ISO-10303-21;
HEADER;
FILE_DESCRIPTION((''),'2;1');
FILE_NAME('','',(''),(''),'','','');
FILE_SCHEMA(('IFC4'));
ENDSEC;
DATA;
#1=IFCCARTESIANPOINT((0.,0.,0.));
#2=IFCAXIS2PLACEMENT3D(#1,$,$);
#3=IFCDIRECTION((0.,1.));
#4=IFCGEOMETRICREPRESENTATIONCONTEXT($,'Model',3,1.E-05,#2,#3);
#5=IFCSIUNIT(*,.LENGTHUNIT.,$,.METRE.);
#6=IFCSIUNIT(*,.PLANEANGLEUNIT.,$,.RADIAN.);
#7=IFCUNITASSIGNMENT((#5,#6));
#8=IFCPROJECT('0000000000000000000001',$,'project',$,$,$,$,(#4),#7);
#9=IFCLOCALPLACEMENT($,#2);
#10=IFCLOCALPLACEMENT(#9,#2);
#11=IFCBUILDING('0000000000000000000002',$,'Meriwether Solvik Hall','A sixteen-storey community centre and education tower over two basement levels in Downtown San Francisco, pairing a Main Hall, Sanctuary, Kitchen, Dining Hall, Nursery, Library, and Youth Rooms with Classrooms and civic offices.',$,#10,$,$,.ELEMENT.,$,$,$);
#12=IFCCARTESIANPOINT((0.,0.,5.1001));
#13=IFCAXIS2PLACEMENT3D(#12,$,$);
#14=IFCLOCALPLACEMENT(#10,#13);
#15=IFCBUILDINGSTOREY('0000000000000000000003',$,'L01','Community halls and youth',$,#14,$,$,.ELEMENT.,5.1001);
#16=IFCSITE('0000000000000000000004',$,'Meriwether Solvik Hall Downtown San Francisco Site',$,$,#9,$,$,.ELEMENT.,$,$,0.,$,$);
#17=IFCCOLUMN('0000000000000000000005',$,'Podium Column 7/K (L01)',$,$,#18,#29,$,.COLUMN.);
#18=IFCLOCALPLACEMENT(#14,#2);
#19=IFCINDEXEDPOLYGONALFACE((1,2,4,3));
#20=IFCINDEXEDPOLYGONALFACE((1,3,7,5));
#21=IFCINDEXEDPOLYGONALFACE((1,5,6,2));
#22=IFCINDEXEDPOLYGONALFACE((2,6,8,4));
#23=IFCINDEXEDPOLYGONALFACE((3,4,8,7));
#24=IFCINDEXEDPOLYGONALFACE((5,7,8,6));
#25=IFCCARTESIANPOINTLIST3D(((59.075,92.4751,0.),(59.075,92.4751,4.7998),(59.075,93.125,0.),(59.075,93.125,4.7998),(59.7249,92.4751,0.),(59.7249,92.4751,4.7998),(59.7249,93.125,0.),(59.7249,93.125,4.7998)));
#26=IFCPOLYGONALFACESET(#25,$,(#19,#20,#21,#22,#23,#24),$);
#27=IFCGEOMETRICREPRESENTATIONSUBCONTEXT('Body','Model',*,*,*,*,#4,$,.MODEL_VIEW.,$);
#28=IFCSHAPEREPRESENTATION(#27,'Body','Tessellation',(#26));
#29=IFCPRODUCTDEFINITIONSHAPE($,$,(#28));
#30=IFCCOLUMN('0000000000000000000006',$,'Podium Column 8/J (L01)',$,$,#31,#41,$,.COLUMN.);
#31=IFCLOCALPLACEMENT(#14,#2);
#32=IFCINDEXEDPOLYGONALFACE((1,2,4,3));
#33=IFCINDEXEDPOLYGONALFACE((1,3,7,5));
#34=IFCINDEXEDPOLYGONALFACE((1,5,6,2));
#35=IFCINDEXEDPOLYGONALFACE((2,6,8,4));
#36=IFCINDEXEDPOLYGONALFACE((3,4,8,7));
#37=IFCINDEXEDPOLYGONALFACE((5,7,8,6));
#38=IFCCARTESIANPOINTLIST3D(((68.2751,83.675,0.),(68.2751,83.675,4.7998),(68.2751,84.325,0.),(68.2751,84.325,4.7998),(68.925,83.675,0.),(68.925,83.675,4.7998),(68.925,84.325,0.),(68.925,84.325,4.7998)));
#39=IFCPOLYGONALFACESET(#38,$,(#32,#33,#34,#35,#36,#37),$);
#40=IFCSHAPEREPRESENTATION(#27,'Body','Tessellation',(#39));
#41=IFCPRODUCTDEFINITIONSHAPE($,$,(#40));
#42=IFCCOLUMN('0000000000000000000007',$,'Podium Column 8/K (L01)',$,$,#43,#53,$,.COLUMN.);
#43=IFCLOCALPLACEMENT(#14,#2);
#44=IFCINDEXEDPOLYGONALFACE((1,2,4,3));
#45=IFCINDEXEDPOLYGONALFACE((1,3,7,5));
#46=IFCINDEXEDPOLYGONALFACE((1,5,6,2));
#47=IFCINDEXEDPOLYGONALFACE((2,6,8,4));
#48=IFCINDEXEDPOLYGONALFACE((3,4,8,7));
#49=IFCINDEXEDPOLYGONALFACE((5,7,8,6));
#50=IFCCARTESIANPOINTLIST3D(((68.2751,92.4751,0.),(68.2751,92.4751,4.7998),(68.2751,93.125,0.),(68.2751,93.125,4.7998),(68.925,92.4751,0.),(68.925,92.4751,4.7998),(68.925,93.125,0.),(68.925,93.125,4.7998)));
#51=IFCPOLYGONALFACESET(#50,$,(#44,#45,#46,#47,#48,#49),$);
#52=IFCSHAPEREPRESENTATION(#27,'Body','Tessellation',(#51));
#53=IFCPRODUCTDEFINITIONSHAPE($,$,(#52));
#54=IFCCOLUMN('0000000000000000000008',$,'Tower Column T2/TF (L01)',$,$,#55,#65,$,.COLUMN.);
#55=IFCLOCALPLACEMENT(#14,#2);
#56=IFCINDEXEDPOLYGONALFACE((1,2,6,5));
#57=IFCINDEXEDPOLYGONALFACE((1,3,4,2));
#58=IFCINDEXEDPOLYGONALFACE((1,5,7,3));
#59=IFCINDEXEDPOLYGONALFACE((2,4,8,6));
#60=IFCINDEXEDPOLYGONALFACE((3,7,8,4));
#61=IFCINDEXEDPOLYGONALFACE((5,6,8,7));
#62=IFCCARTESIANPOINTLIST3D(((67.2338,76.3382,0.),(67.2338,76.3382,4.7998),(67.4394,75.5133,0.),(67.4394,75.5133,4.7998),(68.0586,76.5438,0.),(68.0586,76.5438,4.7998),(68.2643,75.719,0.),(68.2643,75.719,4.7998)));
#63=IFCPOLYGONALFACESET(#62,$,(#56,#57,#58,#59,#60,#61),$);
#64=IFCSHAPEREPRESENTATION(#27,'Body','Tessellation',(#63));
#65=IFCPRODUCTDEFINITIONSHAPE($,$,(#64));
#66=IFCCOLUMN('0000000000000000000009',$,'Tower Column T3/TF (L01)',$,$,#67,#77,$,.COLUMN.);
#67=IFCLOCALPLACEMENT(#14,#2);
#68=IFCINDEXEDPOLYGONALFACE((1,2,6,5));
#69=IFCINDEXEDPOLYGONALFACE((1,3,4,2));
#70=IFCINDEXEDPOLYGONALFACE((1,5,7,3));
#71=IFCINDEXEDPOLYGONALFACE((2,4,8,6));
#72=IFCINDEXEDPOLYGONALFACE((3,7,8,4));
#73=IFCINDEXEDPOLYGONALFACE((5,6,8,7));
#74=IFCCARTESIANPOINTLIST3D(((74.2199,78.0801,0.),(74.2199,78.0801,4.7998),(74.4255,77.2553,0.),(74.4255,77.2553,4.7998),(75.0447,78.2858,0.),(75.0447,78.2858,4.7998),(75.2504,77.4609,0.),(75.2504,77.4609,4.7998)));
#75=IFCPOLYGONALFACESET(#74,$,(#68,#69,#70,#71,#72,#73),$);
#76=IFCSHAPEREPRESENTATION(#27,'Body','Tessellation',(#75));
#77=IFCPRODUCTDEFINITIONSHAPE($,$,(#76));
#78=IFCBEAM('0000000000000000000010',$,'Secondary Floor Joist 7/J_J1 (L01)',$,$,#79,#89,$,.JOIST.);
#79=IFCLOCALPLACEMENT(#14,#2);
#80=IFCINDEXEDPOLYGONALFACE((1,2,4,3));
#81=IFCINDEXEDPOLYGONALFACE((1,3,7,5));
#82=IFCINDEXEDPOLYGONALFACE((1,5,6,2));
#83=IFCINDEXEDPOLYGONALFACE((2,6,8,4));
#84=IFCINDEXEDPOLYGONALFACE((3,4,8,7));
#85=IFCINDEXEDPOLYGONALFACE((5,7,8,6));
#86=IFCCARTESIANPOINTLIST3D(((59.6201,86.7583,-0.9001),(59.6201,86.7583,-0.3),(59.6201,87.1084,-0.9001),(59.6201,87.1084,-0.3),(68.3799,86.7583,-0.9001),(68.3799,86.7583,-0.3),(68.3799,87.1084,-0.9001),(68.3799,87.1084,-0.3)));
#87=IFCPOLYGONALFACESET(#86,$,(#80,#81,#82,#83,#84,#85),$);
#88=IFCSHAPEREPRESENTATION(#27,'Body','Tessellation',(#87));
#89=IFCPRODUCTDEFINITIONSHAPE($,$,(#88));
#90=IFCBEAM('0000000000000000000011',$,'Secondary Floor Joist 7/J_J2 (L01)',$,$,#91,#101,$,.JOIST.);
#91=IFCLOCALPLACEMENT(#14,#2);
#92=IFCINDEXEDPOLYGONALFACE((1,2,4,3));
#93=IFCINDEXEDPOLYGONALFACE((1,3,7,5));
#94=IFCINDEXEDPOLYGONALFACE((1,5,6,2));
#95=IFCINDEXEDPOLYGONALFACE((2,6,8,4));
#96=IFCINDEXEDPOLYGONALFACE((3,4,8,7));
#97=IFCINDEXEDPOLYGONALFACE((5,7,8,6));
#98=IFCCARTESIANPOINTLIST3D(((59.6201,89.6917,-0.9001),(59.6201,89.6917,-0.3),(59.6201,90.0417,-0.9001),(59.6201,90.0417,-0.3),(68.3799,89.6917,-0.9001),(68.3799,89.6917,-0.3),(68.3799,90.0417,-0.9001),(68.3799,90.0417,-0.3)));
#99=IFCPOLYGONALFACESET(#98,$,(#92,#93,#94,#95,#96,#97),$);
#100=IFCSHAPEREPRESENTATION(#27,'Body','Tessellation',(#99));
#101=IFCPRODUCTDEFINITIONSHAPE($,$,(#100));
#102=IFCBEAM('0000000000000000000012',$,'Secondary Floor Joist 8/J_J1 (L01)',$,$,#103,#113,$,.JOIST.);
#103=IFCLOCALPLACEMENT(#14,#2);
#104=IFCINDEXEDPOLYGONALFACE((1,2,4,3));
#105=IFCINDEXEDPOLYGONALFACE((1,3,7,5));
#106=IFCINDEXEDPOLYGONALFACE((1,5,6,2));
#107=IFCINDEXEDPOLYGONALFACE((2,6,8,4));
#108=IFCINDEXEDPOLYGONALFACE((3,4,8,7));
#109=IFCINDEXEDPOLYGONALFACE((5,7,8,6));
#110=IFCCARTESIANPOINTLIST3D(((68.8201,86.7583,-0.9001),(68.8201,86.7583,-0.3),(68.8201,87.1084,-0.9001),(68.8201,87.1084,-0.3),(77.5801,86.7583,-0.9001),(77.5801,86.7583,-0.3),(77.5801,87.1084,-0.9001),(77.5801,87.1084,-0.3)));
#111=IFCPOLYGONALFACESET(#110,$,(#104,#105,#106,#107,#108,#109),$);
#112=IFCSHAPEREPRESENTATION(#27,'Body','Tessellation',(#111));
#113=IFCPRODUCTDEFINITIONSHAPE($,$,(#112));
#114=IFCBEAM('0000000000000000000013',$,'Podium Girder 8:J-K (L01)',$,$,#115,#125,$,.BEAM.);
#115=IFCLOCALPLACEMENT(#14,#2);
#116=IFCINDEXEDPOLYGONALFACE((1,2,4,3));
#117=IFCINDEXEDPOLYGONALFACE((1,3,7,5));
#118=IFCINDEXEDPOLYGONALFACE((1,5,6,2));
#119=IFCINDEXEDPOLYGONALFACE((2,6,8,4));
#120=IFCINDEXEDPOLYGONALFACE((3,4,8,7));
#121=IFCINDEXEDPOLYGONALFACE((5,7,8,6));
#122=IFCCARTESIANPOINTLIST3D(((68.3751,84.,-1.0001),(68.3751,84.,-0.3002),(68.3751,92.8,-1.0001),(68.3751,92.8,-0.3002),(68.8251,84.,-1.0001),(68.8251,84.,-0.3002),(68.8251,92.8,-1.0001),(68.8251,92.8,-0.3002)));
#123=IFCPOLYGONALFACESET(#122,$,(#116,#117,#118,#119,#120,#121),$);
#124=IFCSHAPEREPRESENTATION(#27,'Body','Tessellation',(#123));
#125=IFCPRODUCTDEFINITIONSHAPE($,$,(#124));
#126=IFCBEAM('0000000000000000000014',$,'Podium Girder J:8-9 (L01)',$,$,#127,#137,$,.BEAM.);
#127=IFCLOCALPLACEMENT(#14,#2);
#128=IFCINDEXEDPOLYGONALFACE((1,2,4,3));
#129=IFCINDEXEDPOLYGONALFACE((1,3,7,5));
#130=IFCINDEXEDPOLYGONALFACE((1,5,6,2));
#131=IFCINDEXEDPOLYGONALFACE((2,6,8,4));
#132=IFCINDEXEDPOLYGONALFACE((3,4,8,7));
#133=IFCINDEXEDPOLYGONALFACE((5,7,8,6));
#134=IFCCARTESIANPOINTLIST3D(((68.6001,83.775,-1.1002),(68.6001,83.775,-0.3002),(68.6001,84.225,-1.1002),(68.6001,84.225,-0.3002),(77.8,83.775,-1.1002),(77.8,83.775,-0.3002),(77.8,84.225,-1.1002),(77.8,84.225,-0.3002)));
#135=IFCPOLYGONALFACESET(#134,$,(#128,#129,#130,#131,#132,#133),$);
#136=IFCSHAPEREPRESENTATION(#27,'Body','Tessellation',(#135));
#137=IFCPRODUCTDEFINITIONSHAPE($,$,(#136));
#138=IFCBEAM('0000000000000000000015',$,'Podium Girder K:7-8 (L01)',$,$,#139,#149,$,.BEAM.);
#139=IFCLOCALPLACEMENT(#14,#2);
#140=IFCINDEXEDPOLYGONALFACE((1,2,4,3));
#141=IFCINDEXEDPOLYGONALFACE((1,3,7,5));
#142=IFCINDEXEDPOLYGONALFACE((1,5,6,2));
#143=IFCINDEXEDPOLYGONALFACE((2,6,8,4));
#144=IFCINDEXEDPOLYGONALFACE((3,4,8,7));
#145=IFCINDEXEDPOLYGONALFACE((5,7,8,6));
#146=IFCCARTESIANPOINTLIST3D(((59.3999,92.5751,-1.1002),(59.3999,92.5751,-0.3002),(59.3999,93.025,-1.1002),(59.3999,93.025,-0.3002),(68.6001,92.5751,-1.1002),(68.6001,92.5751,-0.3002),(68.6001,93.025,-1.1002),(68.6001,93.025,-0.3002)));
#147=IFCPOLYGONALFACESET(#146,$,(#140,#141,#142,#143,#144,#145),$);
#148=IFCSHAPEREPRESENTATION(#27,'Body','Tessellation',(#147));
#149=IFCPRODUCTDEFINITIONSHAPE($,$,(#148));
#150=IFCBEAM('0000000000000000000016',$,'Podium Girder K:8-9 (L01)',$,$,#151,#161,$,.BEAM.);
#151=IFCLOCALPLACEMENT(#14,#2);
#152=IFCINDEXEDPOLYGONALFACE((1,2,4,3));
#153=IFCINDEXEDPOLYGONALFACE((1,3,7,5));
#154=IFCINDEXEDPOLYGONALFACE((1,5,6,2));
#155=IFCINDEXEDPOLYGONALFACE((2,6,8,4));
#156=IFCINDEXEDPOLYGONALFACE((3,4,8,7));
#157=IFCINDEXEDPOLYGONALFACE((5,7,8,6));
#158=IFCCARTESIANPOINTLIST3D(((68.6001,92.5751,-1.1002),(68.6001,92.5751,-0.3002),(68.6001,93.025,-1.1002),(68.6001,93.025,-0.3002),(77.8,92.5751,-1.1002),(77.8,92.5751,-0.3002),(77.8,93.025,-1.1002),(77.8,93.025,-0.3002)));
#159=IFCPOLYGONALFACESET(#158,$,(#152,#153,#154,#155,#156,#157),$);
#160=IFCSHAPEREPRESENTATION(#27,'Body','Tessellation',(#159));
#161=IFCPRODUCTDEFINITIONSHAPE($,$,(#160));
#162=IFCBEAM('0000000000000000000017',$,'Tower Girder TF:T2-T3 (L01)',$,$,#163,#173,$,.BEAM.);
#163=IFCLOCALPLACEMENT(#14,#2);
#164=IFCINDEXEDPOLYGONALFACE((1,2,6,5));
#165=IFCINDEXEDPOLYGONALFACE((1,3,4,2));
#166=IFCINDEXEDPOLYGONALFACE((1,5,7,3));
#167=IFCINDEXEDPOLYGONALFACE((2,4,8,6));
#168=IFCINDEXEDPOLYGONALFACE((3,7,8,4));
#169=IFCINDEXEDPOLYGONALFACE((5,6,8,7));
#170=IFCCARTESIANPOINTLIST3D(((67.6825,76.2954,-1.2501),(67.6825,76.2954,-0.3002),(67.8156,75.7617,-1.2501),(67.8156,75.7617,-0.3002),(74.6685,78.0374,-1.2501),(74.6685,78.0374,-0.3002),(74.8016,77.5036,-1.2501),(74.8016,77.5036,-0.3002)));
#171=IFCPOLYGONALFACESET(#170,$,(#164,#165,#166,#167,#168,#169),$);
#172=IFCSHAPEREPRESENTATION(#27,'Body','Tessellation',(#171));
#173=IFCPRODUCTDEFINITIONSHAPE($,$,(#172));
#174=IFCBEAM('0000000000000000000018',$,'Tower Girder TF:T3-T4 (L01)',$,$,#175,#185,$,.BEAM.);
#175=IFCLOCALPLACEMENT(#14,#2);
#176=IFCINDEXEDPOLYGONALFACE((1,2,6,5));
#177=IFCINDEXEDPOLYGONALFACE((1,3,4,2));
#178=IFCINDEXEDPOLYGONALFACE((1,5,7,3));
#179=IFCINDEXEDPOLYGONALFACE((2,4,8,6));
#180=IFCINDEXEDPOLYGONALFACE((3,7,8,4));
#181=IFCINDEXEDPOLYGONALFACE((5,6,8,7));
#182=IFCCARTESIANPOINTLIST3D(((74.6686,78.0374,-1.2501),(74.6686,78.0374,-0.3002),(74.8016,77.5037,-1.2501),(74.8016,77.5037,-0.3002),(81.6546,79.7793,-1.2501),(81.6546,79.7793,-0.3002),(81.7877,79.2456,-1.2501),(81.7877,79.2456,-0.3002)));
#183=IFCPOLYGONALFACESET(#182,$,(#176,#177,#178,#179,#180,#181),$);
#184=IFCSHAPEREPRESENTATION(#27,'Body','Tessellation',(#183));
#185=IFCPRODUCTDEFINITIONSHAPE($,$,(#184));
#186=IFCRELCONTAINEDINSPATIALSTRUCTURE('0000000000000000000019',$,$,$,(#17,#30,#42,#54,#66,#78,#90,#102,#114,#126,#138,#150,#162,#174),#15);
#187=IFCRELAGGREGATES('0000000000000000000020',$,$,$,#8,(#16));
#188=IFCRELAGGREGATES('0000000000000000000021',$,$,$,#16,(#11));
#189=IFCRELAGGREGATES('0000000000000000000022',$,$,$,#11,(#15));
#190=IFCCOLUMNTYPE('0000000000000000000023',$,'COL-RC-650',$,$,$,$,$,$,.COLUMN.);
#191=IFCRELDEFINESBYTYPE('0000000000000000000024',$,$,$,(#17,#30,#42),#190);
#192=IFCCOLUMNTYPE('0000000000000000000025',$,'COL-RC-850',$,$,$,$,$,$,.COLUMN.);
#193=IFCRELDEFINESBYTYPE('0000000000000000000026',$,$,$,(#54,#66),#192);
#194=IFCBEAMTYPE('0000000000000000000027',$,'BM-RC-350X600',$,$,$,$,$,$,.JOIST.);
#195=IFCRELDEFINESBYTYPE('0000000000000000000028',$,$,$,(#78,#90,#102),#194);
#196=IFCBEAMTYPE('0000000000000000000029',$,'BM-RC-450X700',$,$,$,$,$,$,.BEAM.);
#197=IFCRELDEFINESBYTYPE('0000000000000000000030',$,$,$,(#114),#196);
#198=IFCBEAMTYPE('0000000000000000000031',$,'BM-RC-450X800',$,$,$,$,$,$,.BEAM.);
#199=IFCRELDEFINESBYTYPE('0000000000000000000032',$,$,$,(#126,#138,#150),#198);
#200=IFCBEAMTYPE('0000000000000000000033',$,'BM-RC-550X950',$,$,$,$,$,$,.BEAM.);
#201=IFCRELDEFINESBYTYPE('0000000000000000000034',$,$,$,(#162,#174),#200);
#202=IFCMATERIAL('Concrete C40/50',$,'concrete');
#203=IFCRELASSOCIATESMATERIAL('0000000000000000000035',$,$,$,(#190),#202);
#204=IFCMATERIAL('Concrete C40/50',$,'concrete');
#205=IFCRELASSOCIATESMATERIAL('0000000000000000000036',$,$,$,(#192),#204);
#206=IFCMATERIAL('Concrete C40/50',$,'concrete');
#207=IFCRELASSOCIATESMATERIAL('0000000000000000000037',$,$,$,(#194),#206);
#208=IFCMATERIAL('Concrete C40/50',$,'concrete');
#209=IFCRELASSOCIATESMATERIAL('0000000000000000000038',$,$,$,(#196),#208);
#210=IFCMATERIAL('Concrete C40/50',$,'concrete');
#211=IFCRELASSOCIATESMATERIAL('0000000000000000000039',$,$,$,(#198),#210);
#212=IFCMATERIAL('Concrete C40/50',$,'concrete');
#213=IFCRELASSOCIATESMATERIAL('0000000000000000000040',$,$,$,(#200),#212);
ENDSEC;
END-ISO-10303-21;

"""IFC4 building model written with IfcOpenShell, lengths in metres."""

from ifc_helpers import new_model, si_unit, direction, frame, origin, origin_2d, place, context, subcontext, project, spatial, rectangle, extrude, material, material_profile, profile_set, type_object, element, save


model = new_model("IFC4")

# Units and contexts
model_context = context("Model", 3, precision=1e-05, world=origin(), true_north=direction((0.0, 1.0)))
body_context = subcontext(model_context, "Body", "Model", "MODEL_VIEW")
ifc_project = project(units=[si_unit("LENGTHUNIT", "METRE"), si_unit("PLANEANGLEUNIT", "RADIAN")], contexts=[model_context])

# Site, building, storey
site_placement = place(None, origin())
site = spatial("IfcSite", under=ifc_project, at=site_placement, Name="Meriwether Solvik Hall Downtown San Francisco Site", CompositionType="ELEMENT", RefElevation=0.0)
building_placement = place(site_placement, origin())
building = spatial("IfcBuilding", under=site, at=building_placement, Name="Meriwether Solvik Hall", Description="A sixteen-storey community centre and education tower over two basement levels in Downtown San Francisco, pairing a Main Hall, Sanctuary, Kitchen, Dining Hall, Nursery, Library, and Youth Rooms with Classrooms and civic offices.", CompositionType="ELEMENT")
storey_placement = place(building_placement, frame((0.0, 0.0, 5.1001)))
storey = spatial("IfcBuildingStorey", under=building, at=storey_placement, Name="L01", Description="Community halls and youth", CompositionType="ELEMENT", Elevation=5.1001)

# Columns
ifc_material_1 = material(Name="Concrete C40/50", Category="concrete")
ifc_material_profile_1 = material_profile(ifc_material_1, rectangle(XDim=0.6499, YDim=0.6499, at=origin_2d()), Name="RCC-650X650")
ifc_profile_set_1 = profile_set([ifc_material_profile_1], Name="Concrete C40/50")
column_type_1 = type_object("IfcColumnType", Name="COL-RC-650", PredefinedType="COLUMN", material=ifc_profile_set_1)
for number, where, z_axis, x_axis, name in (
    (1, (59.3999, 92.8, 0.0), (0.0, 0.0, 1.0), (1.0, 0.0, 0.0), "Podium Column 7/K (L01)"),
    (2, (68.6001, 84.0, 0.0), (0.0, 0.0, 1.0), (1.0, 0.0, 0.0), "Podium Column 8/J (L01)"),
    (3, (68.6001, 92.8, 0.0), (0.0, 0.0, 1.0), (1.0, 0.0, 0.0), "Podium Column 8/K (L01)"),
):
    element("IfcColumn", number, at=place(storey_placement, frame(where, z_axis=z_axis, x_axis=x_axis)), inside=storey, type_object=column_type_1, Name=name, PredefinedType="COLUMN", context=body_context, shape_type="SweptSolid", body=[
        extrude(rectangle(XDim=0.6499, YDim=0.6499, at=origin_2d()), origin(), (0.0, 0.0, 1.0), 4.7998),
    ])
ifc_material_2 = material(Name="Concrete C40/50", Category="concrete")
ifc_material_profile_2 = material_profile(ifc_material_2, rectangle(XDim=0.8501, YDim=0.8501, at=origin_2d()), Name="RCC-850X850")
ifc_profile_set_2 = profile_set([ifc_material_profile_2], Name="Concrete C40/50")
column_type_2 = type_object("IfcColumnType", Name="COL-RC-850", PredefinedType="COLUMN", material=ifc_profile_set_2)
for number, where, z_axis, x_axis, name in (
    (4, (67.749, 76.0286, 0.0), (0.0, 0.0, 1.0), (0.970296, 0.241922, 0.0), "Tower Column T2/TF (L01)"),
    (5, (74.7351, 77.7705, 0.0), (0.0, 0.0, 1.0), (0.970296, 0.241922, 0.0), "Tower Column T3/TF (L01)"),
):
    element("IfcColumn", number, at=place(storey_placement, frame(where, z_axis=z_axis, x_axis=x_axis)), inside=storey, type_object=column_type_2, Name=name, PredefinedType="COLUMN", context=body_context, shape_type="SweptSolid", body=[
        extrude(rectangle(XDim=0.8501, YDim=0.8501, at=origin_2d()), origin(), (0.0, 0.0, 1.0), 4.7998),
    ])

# Beams
ifc_material_3 = material(Name="Concrete C40/50", Category="concrete")
ifc_material_profile_3 = material_profile(ifc_material_3, rectangle(XDim=0.3501, YDim=0.6001, at=origin_2d()), Name="RCB-350X600")
ifc_profile_set_3 = profile_set([ifc_material_profile_3], Name="Concrete C40/50")
beam_type_1 = type_object("IfcBeamType", Name="BM-RC-350X600", PredefinedType="JOIST", material=ifc_profile_set_3)
for number, where, z_axis, x_axis, name in (
    (6, (59.6201, 86.9333, -0.6001), (1.0, 0.0, 0.0), (0.0, 1.0, 0.0), "Secondary Floor Joist 7/J_J1 (L01)"),
    (7, (59.6201, 89.8667, -0.6001), (1.0, 0.0, 0.0), (0.0, 1.0, 0.0), "Secondary Floor Joist 7/J_J2 (L01)"),
):
    element("IfcBeam", number, at=place(storey_placement, frame(where, z_axis=z_axis, x_axis=x_axis)), inside=storey, type_object=beam_type_1, Name=name, PredefinedType="JOIST", context=body_context, shape_type="SweptSolid", body=[
        extrude(rectangle(XDim=0.3501, YDim=0.6001, at=origin_2d()), origin(), (0.0, 0.0, 1.0), 8.7598),
    ])
beam_1_placement = place(storey_placement, frame((68.8201, 86.9333, -0.6001), z_axis=(1.0, 0.0, 0.0), x_axis=(0.0, 1.0, 0.0)))
element("IfcBeam", 8, at=beam_1_placement, inside=storey, type_object=beam_type_1, Name="Secondary Floor Joist 8/J_J1 (L01)", PredefinedType="JOIST", context=body_context, shape_type="SweptSolid", body=[
    extrude(rectangle(XDim=0.3501, YDim=0.6001, at=origin_2d()), origin(), (0.0, 0.0, 1.0), 8.76),
])
ifc_material_4 = material(Name="Concrete C40/50", Category="concrete")
ifc_material_profile_4 = material_profile(ifc_material_4, rectangle(XDim=0.45, YDim=0.7, at=origin_2d()), Name="RCB-450X700")
ifc_profile_set_4 = profile_set([ifc_material_profile_4], Name="Concrete C40/50")
beam_type_2 = type_object("IfcBeamType", Name="BM-RC-450X700", PredefinedType="BEAM", material=ifc_profile_set_4)
beam_2_placement = place(storey_placement, frame((68.6001, 84.0, -0.6501), z_axis=(0.0, 1.0, 0.0), x_axis=(-1.0, 0.0, 0.0)))
element("IfcBeam", 9, at=beam_2_placement, inside=storey, type_object=beam_type_2, Name="Podium Girder 8:J-K (L01)", PredefinedType="BEAM", context=body_context, shape_type="SweptSolid", body=[
    extrude(rectangle(XDim=0.45, YDim=0.7, at=origin_2d()), origin(), (0.0, 0.0, 1.0), 8.8),
])
ifc_material_5 = material(Name="Concrete C40/50", Category="concrete")
ifc_material_profile_5 = material_profile(ifc_material_5, rectangle(XDim=0.45, YDim=0.8, at=origin_2d()), Name="RCB-450X800")
ifc_profile_set_5 = profile_set([ifc_material_profile_5], Name="Concrete C40/50")
beam_type_3 = type_object("IfcBeamType", Name="BM-RC-450X800", PredefinedType="BEAM", material=ifc_profile_set_5)
beam_3_placement = place(storey_placement, frame((68.6001, 84.0, -0.7002), z_axis=(1.0, 0.0, 0.0), x_axis=(0.0, 1.0, 0.0)))
element("IfcBeam", 10, at=beam_3_placement, inside=storey, type_object=beam_type_3, Name="Podium Girder J:8-9 (L01)", PredefinedType="BEAM", context=body_context, shape_type="SweptSolid", body=[
    extrude(rectangle(XDim=0.45, YDim=0.8, at=origin_2d()), origin(), (0.0, 0.0, 1.0), 9.2),
])
beam_4_placement = place(storey_placement, frame((59.3999, 92.8, -0.7002), z_axis=(1.0, 0.0, 0.0), x_axis=(0.0, 1.0, 0.0)))
element("IfcBeam", 11, at=beam_4_placement, inside=storey, type_object=beam_type_3, Name="Podium Girder K:7-8 (L01)", PredefinedType="BEAM", context=body_context, shape_type="SweptSolid", body=[
    extrude(rectangle(XDim=0.45, YDim=0.8, at=origin_2d()), origin(), (0.0, 0.0, 1.0), 9.2002),
])
beam_5_placement = place(storey_placement, frame((68.6001, 92.8, -0.7002), z_axis=(1.0, 0.0, 0.0), x_axis=(0.0, 1.0, 0.0)))
element("IfcBeam", 12, at=beam_5_placement, inside=storey, type_object=beam_type_3, Name="Podium Girder K:8-9 (L01)", PredefinedType="BEAM", context=body_context, shape_type="SweptSolid", body=[
    extrude(rectangle(XDim=0.45, YDim=0.8, at=origin_2d()), origin(), (0.0, 0.0, 1.0), 9.2),
])
ifc_material_6 = material(Name="Concrete C40/50", Category="concrete")
ifc_material_profile_6 = material_profile(ifc_material_6, rectangle(XDim=0.55, YDim=0.95, at=origin_2d()), Name="RCB-550X950")
ifc_profile_set_6 = profile_set([ifc_material_profile_6], Name="Concrete C40/50")
beam_type_4 = type_object("IfcBeamType", Name="BM-RC-550X950", PredefinedType="BEAM", material=ifc_profile_set_6)
for number, where, z_axis, x_axis, name in (
    (13, (67.749, 76.0286, -0.7751), (0.970292, 0.241937, 0.0), (-0.241937, 0.970292, 0.0), "Tower Girder TF:T2-T3 (L01)"),
    (14, (74.7351, 77.7705, -0.7751), (0.970292, 0.241937, 0.0), (-0.241937, 0.970292, 0.0), "Tower Girder TF:T3-T4 (L01)"),
):
    element("IfcBeam", number, at=place(storey_placement, frame(where, z_axis=z_axis, x_axis=x_axis)), inside=storey, type_object=beam_type_4, Name=name, PredefinedType="BEAM", context=body_context, shape_type="SweptSolid", body=[
        extrude(rectangle(XDim=0.55, YDim=0.95, at=origin_2d()), origin(), (0.0, 0.0, 1.0), 7.2),
    ])

save(model, "model.ifc")
